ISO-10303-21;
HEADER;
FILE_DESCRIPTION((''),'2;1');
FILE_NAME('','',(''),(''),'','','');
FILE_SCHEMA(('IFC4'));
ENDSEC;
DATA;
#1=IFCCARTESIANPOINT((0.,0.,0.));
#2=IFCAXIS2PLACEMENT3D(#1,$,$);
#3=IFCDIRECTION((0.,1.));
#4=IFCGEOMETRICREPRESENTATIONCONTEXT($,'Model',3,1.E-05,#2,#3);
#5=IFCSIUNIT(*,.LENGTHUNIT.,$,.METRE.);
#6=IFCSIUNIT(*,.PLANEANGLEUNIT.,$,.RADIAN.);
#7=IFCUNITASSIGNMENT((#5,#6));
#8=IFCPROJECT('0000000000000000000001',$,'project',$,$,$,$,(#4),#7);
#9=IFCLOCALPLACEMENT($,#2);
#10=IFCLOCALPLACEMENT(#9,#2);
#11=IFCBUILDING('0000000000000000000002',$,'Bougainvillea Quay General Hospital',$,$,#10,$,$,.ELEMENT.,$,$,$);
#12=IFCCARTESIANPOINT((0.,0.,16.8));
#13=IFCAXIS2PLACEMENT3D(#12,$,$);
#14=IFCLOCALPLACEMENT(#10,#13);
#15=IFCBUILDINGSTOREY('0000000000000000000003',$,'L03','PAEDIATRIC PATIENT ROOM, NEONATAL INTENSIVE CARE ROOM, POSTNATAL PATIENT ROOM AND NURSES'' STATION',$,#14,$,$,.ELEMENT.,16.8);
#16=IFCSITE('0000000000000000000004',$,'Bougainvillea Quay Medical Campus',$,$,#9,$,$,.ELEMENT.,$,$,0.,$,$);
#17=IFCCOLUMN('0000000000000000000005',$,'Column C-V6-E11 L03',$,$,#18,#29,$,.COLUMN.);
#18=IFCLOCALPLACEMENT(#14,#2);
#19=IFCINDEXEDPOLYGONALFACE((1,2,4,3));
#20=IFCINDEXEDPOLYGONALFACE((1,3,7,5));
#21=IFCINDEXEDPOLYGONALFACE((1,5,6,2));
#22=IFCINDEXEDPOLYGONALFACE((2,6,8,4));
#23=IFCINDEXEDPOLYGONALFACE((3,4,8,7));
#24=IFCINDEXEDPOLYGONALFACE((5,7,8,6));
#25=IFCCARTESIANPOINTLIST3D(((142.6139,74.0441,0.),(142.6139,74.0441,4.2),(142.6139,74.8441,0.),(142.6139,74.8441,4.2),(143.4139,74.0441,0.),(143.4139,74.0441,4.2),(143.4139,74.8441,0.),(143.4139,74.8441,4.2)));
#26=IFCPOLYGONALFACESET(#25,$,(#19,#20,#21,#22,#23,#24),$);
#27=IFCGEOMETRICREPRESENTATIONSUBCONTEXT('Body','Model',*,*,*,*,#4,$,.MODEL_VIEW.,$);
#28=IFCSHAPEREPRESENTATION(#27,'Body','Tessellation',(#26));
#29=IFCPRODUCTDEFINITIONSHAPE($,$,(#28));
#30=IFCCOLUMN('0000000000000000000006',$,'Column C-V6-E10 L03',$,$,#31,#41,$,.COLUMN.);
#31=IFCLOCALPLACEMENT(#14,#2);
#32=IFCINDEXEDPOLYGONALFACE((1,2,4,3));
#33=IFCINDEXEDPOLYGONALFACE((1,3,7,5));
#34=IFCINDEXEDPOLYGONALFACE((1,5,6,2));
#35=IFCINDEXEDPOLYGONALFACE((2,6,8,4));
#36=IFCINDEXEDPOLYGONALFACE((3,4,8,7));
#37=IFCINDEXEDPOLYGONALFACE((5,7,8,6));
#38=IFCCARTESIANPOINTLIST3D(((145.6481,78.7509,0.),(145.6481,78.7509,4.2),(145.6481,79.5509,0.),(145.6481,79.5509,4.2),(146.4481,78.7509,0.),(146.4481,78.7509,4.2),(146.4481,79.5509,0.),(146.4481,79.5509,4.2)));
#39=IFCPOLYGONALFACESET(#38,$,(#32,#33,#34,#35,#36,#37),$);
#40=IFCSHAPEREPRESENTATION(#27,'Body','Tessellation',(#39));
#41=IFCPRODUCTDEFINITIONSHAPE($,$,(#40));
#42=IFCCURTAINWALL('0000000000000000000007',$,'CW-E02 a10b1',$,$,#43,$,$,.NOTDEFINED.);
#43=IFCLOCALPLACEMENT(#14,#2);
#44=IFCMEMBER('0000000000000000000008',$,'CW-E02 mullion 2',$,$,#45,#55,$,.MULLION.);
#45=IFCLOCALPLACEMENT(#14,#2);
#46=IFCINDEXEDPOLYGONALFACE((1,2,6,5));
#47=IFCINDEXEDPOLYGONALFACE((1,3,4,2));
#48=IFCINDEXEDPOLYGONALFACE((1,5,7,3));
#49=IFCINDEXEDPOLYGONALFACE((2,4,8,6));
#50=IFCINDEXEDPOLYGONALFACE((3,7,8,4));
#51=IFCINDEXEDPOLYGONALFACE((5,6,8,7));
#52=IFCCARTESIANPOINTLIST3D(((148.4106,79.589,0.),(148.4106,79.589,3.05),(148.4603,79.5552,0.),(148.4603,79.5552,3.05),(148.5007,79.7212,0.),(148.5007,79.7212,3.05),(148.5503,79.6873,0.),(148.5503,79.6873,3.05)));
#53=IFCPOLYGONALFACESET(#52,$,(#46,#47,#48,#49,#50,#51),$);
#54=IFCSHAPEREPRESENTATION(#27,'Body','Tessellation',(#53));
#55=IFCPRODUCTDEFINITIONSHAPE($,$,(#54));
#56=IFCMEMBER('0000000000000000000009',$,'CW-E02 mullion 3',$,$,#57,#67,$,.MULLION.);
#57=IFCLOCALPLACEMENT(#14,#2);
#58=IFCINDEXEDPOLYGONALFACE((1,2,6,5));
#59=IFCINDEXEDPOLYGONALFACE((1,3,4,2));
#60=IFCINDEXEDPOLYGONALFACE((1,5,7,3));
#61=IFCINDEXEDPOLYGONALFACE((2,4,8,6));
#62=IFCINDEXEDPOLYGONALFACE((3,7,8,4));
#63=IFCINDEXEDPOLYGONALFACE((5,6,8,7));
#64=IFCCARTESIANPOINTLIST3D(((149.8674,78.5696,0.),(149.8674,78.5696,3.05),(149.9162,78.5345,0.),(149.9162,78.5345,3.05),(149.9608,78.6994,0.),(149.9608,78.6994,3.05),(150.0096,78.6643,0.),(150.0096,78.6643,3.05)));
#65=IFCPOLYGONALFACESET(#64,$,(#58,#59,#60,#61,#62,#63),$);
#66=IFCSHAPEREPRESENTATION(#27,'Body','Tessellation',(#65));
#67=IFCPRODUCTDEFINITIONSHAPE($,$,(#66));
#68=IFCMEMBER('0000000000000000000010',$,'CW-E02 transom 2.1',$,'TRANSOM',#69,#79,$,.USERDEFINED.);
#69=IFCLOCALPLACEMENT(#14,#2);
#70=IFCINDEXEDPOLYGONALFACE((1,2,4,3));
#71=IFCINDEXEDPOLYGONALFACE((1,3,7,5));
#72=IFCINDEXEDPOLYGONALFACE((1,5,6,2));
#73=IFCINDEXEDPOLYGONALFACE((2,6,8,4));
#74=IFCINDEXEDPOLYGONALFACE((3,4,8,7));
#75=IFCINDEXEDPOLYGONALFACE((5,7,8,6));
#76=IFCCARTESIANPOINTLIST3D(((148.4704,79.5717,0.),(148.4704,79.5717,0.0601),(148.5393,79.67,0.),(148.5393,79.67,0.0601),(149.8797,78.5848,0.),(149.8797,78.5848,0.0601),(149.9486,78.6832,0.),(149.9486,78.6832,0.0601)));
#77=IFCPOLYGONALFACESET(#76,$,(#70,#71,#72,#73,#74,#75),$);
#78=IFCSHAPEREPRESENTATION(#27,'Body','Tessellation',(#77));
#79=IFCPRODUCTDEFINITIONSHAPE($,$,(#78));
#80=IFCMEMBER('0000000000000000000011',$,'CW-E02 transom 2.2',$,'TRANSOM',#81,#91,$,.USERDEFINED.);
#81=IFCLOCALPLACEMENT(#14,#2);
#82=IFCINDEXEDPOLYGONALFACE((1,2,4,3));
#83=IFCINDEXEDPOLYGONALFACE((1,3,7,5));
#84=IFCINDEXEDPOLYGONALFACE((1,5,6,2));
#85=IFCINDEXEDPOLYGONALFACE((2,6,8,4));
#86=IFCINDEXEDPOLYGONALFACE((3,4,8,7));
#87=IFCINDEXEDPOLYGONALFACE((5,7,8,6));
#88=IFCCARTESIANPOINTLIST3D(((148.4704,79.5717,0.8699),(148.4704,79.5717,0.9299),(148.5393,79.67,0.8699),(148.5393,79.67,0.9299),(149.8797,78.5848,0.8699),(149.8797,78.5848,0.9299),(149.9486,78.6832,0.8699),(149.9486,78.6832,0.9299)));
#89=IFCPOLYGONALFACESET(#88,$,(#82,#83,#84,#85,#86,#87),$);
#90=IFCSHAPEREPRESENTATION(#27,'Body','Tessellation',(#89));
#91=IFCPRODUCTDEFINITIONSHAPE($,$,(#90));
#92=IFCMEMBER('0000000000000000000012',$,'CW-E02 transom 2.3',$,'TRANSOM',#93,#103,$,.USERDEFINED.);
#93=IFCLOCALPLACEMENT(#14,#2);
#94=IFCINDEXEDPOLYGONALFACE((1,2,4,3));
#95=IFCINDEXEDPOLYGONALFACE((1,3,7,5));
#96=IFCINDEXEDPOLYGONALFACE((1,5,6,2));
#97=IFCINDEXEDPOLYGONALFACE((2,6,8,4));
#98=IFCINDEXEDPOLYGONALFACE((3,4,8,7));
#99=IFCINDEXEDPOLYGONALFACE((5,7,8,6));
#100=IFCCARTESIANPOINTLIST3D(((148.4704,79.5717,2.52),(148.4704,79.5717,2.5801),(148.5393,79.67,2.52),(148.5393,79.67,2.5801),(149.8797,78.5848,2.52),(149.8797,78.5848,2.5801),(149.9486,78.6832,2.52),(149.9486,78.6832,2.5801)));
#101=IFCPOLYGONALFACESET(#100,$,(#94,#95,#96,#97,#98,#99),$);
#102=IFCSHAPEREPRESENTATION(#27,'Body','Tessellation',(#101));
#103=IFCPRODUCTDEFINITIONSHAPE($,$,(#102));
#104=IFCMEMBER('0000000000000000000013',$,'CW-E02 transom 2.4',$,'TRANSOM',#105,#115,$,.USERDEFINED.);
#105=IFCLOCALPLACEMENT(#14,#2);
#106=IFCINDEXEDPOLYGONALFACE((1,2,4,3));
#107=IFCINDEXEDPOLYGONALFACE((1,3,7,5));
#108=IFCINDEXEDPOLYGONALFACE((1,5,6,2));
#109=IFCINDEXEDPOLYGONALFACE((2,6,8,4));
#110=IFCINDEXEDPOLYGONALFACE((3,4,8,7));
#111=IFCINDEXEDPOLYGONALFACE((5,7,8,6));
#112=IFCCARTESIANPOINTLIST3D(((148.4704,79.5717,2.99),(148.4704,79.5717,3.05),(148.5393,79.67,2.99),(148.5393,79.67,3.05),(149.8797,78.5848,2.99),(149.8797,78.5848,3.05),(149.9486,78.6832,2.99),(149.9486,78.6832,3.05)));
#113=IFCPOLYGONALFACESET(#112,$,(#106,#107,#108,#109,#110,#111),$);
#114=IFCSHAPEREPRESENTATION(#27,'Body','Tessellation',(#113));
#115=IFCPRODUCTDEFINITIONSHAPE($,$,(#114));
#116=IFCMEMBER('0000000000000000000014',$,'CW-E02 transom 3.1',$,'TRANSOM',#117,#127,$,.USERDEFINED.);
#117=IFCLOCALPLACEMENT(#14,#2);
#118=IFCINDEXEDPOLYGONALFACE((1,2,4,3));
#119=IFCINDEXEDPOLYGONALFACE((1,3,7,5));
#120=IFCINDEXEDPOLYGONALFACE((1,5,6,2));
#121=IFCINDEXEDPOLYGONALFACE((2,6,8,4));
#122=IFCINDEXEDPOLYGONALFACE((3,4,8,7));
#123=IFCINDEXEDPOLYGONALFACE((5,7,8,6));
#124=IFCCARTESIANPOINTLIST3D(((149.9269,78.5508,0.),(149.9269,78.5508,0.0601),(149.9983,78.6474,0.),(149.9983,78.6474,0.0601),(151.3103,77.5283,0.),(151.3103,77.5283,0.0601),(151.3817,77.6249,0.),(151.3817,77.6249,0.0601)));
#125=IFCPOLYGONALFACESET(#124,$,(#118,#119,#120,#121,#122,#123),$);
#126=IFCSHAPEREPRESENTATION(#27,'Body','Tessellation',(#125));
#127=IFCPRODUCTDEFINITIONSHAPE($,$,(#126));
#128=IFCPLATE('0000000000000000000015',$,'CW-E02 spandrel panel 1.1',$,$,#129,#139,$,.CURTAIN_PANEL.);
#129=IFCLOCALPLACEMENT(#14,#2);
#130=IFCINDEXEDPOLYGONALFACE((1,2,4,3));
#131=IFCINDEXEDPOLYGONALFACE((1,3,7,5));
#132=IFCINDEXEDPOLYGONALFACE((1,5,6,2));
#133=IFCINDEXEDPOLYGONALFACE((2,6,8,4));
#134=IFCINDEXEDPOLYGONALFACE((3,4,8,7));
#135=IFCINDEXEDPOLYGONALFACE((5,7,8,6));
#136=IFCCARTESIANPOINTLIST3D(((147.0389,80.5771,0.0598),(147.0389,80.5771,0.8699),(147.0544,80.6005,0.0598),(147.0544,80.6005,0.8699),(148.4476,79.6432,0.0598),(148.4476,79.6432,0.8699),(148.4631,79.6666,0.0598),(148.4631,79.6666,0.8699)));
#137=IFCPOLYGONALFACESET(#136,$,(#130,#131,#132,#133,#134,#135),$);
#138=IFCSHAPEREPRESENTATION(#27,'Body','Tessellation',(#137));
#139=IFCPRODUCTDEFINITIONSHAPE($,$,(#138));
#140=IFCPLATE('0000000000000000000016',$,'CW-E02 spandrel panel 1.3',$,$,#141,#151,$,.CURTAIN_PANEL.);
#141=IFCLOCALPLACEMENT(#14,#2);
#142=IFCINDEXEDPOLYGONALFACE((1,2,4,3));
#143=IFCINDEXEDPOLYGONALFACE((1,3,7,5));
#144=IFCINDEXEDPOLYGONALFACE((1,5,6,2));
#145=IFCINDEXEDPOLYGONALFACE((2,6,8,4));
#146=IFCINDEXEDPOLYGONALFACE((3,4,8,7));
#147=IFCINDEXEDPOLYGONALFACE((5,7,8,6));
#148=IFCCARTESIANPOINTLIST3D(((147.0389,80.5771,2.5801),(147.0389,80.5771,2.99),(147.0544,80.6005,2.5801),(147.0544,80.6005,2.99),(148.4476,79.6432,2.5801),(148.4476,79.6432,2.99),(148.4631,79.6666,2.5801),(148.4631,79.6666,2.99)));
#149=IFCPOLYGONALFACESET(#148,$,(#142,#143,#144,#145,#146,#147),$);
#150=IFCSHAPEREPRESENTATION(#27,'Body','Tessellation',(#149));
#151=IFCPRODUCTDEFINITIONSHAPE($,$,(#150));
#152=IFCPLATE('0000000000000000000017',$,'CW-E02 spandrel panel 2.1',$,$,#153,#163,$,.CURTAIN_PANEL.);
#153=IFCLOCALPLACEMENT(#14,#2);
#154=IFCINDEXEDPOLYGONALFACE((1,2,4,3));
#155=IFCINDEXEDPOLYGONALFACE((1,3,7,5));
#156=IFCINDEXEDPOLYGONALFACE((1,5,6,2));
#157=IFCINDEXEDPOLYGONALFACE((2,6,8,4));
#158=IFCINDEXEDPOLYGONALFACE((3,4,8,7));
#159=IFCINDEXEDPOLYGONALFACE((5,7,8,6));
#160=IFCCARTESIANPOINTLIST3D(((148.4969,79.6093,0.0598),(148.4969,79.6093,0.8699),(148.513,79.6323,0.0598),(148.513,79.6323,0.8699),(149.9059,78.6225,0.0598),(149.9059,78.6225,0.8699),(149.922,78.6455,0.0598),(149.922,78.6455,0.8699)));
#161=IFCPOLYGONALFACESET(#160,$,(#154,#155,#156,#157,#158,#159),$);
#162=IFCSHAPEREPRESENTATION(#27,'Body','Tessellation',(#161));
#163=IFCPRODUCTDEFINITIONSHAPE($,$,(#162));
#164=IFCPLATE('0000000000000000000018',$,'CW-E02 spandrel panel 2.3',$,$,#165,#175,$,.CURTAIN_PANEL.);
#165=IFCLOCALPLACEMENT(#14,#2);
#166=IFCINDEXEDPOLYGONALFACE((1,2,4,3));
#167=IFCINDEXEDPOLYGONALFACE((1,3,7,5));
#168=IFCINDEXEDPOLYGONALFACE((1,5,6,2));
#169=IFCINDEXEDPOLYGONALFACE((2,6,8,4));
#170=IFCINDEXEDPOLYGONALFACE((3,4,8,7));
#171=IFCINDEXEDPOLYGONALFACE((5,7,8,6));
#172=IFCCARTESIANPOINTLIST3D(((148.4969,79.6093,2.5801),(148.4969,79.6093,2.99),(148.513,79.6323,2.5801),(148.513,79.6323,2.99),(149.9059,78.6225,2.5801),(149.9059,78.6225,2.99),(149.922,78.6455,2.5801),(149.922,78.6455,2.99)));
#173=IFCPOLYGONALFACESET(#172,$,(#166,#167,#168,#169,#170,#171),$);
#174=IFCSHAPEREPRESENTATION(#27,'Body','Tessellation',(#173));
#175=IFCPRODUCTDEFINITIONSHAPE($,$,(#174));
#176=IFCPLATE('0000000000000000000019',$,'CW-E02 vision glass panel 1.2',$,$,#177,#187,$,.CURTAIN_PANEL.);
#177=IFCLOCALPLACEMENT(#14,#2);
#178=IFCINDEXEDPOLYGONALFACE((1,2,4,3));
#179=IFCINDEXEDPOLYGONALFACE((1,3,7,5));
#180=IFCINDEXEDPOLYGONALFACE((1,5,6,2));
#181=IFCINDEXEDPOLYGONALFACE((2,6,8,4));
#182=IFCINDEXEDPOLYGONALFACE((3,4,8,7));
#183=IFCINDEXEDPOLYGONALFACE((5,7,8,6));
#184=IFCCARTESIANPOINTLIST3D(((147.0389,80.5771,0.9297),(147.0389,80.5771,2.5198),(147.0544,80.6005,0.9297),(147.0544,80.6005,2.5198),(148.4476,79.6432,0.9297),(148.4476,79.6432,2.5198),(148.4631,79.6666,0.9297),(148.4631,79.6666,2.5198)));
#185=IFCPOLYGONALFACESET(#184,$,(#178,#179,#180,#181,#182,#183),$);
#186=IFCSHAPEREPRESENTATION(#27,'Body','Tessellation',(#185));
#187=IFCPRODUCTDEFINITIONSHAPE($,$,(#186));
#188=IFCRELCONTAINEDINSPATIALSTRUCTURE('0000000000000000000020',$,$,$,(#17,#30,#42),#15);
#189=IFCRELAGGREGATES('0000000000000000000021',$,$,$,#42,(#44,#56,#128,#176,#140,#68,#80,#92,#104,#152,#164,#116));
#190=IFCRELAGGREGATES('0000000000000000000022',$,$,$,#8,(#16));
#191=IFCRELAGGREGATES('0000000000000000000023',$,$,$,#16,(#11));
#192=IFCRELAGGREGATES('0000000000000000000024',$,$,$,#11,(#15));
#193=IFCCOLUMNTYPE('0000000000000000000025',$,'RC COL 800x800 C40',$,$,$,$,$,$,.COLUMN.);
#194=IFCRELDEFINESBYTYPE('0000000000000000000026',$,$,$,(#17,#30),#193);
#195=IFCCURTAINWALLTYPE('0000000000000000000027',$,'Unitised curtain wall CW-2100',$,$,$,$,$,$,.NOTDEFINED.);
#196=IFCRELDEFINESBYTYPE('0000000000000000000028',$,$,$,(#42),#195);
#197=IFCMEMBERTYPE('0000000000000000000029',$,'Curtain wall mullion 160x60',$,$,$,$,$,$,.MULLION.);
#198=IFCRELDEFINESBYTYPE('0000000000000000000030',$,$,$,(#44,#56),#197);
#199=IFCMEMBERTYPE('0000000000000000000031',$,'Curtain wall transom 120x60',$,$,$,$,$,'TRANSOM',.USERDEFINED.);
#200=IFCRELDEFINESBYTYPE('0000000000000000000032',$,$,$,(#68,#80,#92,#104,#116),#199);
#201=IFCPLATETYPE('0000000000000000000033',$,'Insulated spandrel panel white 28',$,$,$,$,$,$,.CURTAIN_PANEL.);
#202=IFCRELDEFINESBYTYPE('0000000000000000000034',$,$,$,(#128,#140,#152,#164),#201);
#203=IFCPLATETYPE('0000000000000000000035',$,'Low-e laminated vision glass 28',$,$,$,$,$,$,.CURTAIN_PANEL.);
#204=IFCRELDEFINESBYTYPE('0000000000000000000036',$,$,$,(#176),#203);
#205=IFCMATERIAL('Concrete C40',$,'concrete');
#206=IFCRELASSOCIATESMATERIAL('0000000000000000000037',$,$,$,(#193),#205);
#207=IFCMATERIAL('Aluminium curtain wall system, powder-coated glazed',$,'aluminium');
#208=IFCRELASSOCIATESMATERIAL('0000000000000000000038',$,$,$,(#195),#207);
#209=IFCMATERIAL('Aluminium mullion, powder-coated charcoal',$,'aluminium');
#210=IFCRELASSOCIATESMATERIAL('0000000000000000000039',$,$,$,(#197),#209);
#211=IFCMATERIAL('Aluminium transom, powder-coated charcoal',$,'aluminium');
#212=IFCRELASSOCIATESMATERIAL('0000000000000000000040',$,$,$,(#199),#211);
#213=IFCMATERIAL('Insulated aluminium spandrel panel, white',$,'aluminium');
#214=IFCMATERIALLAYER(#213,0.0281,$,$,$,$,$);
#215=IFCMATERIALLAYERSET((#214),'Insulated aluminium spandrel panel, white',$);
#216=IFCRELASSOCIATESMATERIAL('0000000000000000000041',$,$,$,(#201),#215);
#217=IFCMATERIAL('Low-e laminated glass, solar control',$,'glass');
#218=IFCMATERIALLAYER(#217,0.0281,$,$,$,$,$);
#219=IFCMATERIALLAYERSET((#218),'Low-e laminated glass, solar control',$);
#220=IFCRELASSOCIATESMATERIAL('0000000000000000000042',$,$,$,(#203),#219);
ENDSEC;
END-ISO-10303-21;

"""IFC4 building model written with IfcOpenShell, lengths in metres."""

from ifc_helpers import new_model, si_unit, direction, frame, origin, origin_2d, place, context, subcontext, project, spatial, rectangle, extrude, material, layer, layer_set, material_profile, profile_set, type_object, element, aggregate, save


model = new_model("IFC4")

# Units and contexts
model_context = context("Model", 3, precision=1e-05, world=origin(), true_north=direction((0.0, 1.0)))
body_context = subcontext(model_context, "Body", "Model", "MODEL_VIEW")
ifc_project = project(units=[si_unit("LENGTHUNIT", "METRE"), si_unit("PLANEANGLEUNIT", "RADIAN")], contexts=[model_context])

# Site, building, storey
site_placement = place(None, origin())
site = spatial("IfcSite", under=ifc_project, at=site_placement, Name="Bougainvillea Quay Medical Campus", CompositionType="ELEMENT", RefElevation=0.0)
building_placement = place(site_placement, origin())
building = spatial("IfcBuilding", under=site, at=building_placement, Name="Bougainvillea Quay General Hospital", CompositionType="ELEMENT")
storey_placement = place(building_placement, frame((0.0, 0.0, 16.8)))
storey = spatial("IfcBuildingStorey", under=building, at=storey_placement, Name="L03", Description="PAEDIATRIC PATIENT ROOM, NEONATAL INTENSIVE CARE ROOM, POSTNATAL PATIENT ROOM AND NURSES' STATION", CompositionType="ELEMENT", Elevation=16.8)

# Columns
ifc_material_1 = material(Name="Concrete C40", Category="concrete")
ifc_material_profile_1 = material_profile(ifc_material_1, rectangle(XDim=0.8, YDim=0.8, at=origin_2d()))
ifc_profile_set_1 = profile_set([ifc_material_profile_1], Name="Concrete C40")
column_type = type_object("IfcColumnType", Name="RC COL 800x800 C40", PredefinedType="COLUMN", material=ifc_profile_set_1)
for number, where, z_axis, x_axis, name in (
    (1, (143.0139, 74.4441, 0.0), (0.0, 0.0, 1.0), (1.0, 0.0, 0.0), "Column C-V6-E11 L03"),
    (2, (146.0481, 79.1509, 0.0), (0.0, 0.0, 1.0), (1.0, 0.0, 0.0), "Column C-V6-E10 L03"),
):
    element("IfcColumn", number, at=place(storey_placement, frame(where, z_axis=z_axis, x_axis=x_axis)), inside=storey, type_object=column_type, Name=name, PredefinedType="COLUMN", context=body_context, shape_type="SweptSolid", body=[
        extrude(rectangle(XDim=0.8, YDim=0.8, at=origin_2d()), origin(), (0.0, 0.0, 1.0), 4.2),
    ])

# Curtain wall, members, plates
ifc_material_2 = material(Name="Aluminium curtain wall system, powder-coated glazed", Category="aluminium")
curtain_wall_type = type_object("IfcCurtainWallType", Name="Unitised curtain wall CW-2100", PredefinedType="NOTDEFINED", material=ifc_material_2)
curtain_wall_placement = place(storey_placement, origin())
curtain_wall = element("IfcCurtainWall", 3, at=curtain_wall_placement, inside=storey, type_object=curtain_wall_type, Name="CW-E02 a10b1", PredefinedType="NOTDEFINED")
ifc_material_3 = material(Name="Aluminium mullion, powder-coated charcoal", Category="aluminium")
ifc_material_profile_2 = material_profile(ifc_material_3, rectangle(XDim=0.1599, YDim=0.0601, at=origin_2d()))
ifc_profile_set_2 = profile_set([ifc_material_profile_2], Name="Aluminium mullion, powder-coated charcoal")
member_type_1 = type_object("IfcMemberType", Name="Curtain wall mullion 160x60", PredefinedType="MULLION", material=ifc_profile_set_2)
member_1_placement = place(storey_placement, frame((148.4805, 79.6382, 0.0), z_axis=(0.0, 0.0, 1.0), x_axis=(0.563157, 0.82635, 0.0)))
member_1 = element("IfcMember", 4, at=member_1_placement, type_object=member_type_1, Name="CW-E02 mullion 2", PredefinedType="MULLION", context=body_context, shape_type="SweptSolid", body=[
    extrude(rectangle(XDim=0.1599, YDim=0.0601, at=origin_2d()), origin(), (0.0, 0.0, 1.0), 3.05),
])
member_2_placement = place(storey_placement, frame((149.9385, 78.6169, 0.0), z_axis=(0.0, 0.0, 1.0), x_axis=(0.584063, 0.811709, 0.0)))
member_2 = element("IfcMember", 5, at=member_2_placement, type_object=member_type_1, Name="CW-E02 mullion 3", PredefinedType="MULLION", context=body_context, shape_type="SweptSolid", body=[
    extrude(rectangle(XDim=0.1599, YDim=0.0601, at=origin_2d()), origin(), (0.0, 0.0, 1.0), 3.05),
])
ifc_material_4 = material(Name="Aluminium transom, powder-coated charcoal", Category="aluminium")
ifc_material_profile_3 = material_profile(ifc_material_4, rectangle(XDim=0.1201, YDim=0.0601, at=origin_2d()))
ifc_profile_set_3 = profile_set([ifc_material_profile_3], Name="Aluminium transom, powder-coated charcoal")
member_type_2 = type_object("IfcMemberType", Name="Curtain wall transom 120x60", ElementType="TRANSOM", PredefinedType="USERDEFINED", material=ifc_profile_set_3)
member_3_placement = place(storey_placement, frame((148.5049, 79.6208, 0.03), z_axis=(0.819125, -0.573615, 0.0), x_axis=(0.573615, 0.819125, 0.0)))
member_3 = element("IfcMember", 6, at=member_3_placement, type_object=member_type_2, Name="CW-E02 transom 2.1", ObjectType="TRANSOM", PredefinedType="USERDEFINED", context=body_context, shape_type="SweptSolid", body=[
    extrude(rectangle(XDim=0.1201, YDim=0.0601, at=origin_2d()), origin(), (0.0, 0.0, 1.0), 1.7205),
])
member_4_placement = place(storey_placement, frame((148.5049, 79.6208, 0.8999), z_axis=(0.819125, -0.573615, 0.0), x_axis=(0.573615, 0.819125, 0.0)))
member_4 = element("IfcMember", 7, at=member_4_placement, type_object=member_type_2, Name="CW-E02 transom 2.2", ObjectType="TRANSOM", PredefinedType="USERDEFINED", context=body_context, shape_type="SweptSolid", body=[
    extrude(rectangle(XDim=0.1201, YDim=0.0601, at=origin_2d()), origin(), (0.0, 0.0, 1.0), 1.7205),
])
member_5_placement = place(storey_placement, frame((148.5049, 79.6208, 2.55), z_axis=(0.819125, -0.573615, 0.0), x_axis=(0.573615, 0.819125, 0.0)))
member_5 = element("IfcMember", 8, at=member_5_placement, type_object=member_type_2, Name="CW-E02 transom 2.3", ObjectType="TRANSOM", PredefinedType="USERDEFINED", context=body_context, shape_type="SweptSolid", body=[
    extrude(rectangle(XDim=0.1201, YDim=0.0601, at=origin_2d()), origin(), (0.0, 0.0, 1.0), 1.7205),
])
member_6_placement = place(storey_placement, frame((148.5049, 79.6208, 3.02), z_axis=(0.819125, -0.573615, 0.0), x_axis=(0.573615, 0.819125, 0.0)))
member_6 = element("IfcMember", 9, at=member_6_placement, type_object=member_type_2, Name="CW-E02 transom 2.4", ObjectType="TRANSOM", PredefinedType="USERDEFINED", context=body_context, shape_type="SweptSolid", body=[
    extrude(rectangle(XDim=0.1201, YDim=0.0601, at=origin_2d()), origin(), (0.0, 0.0, 1.0), 1.7205),
])
member_7_placement = place(storey_placement, frame((149.9626, 78.5991, 0.03), z_axis=(0.80417, -0.594399, 0.0), x_axis=(0.594399, 0.80417, 0.0)))
member_7 = element("IfcMember", 10, at=member_7_placement, type_object=member_type_2, Name="CW-E02 transom 3.1", ObjectType="TRANSOM", PredefinedType="USERDEFINED", context=body_context, shape_type="SweptSolid", body=[
    extrude(rectangle(XDim=0.1201, YDim=0.0601, at=origin_2d()), origin(), (0.0, 0.0, 1.0), 1.7202),
])
ifc_material_5 = material(Name="Insulated aluminium spandrel panel, white", Category="aluminium")
ifc_layer_1 = layer(ifc_material_5, 0.0281)
ifc_layer_set_1 = layer_set([ifc_layer_1], Name="Insulated aluminium spandrel panel, white")
plate_type_1 = type_object("IfcPlateType", Name="Insulated spandrel panel white 28", PredefinedType="CURTAIN_PANEL", material=ifc_layer_set_1)
plate_1_placement = place(storey_placement, frame((147.751, 80.1218, 0.0598), z_axis=(0.0, 0.0, 1.0), x_axis=(0.833469, -0.552566, 0.0)))
plate_1 = element("IfcPlate", 11, at=plate_1_placement, type_object=plate_type_1, Name="CW-E02 spandrel panel 1.1", PredefinedType="CURTAIN_PANEL", context=body_context, shape_type="SweptSolid", body=[
    extrude(rectangle(XDim=1.6902, YDim=0.0281, at=origin_2d()), origin(), (0.0, 0.0, 1.0), 0.8101),
])
plate_2_placement = place(storey_placement, frame((147.751, 80.1218, 2.5801), z_axis=(0.0, 0.0, 1.0), x_axis=(0.833469, -0.552566, 0.0)))
plate_2 = element("IfcPlate", 12, at=plate_2_placement, type_object=plate_type_1, Name="CW-E02 spandrel panel 1.3", PredefinedType="CURTAIN_PANEL", context=body_context, shape_type="SweptSolid", body=[
    extrude(rectangle(XDim=1.6902, YDim=0.0281, at=origin_2d()), origin(), (0.0, 0.0, 1.0), 0.4099),
])
plate_3_placement = place(storey_placement, frame((149.2095, 79.1274, 0.0598), z_axis=(0.0, 0.0, 1.0), x_axis=(0.819096, -0.573656, 0.0)))
plate_3 = element("IfcPlate", 13, at=plate_3_placement, type_object=plate_type_1, Name="CW-E02 spandrel panel 2.1", PredefinedType="CURTAIN_PANEL", context=body_context, shape_type="SweptSolid", body=[
    extrude(rectangle(XDim=1.7202, YDim=0.0281, at=origin_2d()), origin(), (0.0, 0.0, 1.0), 0.8101),
])
plate_4_placement = place(storey_placement, frame((149.2095, 79.1274, 2.5801), z_axis=(0.0, 0.0, 1.0), x_axis=(0.819096, -0.573656, 0.0)))
plate_4 = element("IfcPlate", 14, at=plate_4_placement, type_object=plate_type_1, Name="CW-E02 spandrel panel 2.3", PredefinedType="CURTAIN_PANEL", context=body_context, shape_type="SweptSolid", body=[
    extrude(rectangle(XDim=1.7202, YDim=0.0281, at=origin_2d()), origin(), (0.0, 0.0, 1.0), 0.4099),
])
ifc_material_6 = material(Name="Low-e laminated glass, solar control", Category="glass")
ifc_layer_2 = layer(ifc_material_6, 0.0281)
ifc_layer_set_2 = layer_set([ifc_layer_2], Name="Low-e laminated glass, solar control")
plate_type_2 = type_object("IfcPlateType", Name="Low-e laminated vision glass 28", PredefinedType="CURTAIN_PANEL", material=ifc_layer_set_2)
plate_5_placement = place(storey_placement, frame((147.751, 80.1218, 0.9297), z_axis=(0.0, 0.0, 1.0), x_axis=(0.833469, -0.552566, 0.0)))
plate_5 = element("IfcPlate", 15, at=plate_5_placement, type_object=plate_type_2, Name="CW-E02 vision glass panel 1.2", PredefinedType="CURTAIN_PANEL", context=body_context, shape_type="SweptSolid", body=[
    extrude(rectangle(XDim=1.6902, YDim=0.0281, at=origin_2d()), origin(), (0.0, 0.0, 1.0), 1.5901),
])
aggregate(curtain_wall, [member_1, member_2, plate_1, plate_5, plate_2, member_3, member_4, member_5, member_6, plate_3, plate_4, member_7])

save(model, "model.ifc")
